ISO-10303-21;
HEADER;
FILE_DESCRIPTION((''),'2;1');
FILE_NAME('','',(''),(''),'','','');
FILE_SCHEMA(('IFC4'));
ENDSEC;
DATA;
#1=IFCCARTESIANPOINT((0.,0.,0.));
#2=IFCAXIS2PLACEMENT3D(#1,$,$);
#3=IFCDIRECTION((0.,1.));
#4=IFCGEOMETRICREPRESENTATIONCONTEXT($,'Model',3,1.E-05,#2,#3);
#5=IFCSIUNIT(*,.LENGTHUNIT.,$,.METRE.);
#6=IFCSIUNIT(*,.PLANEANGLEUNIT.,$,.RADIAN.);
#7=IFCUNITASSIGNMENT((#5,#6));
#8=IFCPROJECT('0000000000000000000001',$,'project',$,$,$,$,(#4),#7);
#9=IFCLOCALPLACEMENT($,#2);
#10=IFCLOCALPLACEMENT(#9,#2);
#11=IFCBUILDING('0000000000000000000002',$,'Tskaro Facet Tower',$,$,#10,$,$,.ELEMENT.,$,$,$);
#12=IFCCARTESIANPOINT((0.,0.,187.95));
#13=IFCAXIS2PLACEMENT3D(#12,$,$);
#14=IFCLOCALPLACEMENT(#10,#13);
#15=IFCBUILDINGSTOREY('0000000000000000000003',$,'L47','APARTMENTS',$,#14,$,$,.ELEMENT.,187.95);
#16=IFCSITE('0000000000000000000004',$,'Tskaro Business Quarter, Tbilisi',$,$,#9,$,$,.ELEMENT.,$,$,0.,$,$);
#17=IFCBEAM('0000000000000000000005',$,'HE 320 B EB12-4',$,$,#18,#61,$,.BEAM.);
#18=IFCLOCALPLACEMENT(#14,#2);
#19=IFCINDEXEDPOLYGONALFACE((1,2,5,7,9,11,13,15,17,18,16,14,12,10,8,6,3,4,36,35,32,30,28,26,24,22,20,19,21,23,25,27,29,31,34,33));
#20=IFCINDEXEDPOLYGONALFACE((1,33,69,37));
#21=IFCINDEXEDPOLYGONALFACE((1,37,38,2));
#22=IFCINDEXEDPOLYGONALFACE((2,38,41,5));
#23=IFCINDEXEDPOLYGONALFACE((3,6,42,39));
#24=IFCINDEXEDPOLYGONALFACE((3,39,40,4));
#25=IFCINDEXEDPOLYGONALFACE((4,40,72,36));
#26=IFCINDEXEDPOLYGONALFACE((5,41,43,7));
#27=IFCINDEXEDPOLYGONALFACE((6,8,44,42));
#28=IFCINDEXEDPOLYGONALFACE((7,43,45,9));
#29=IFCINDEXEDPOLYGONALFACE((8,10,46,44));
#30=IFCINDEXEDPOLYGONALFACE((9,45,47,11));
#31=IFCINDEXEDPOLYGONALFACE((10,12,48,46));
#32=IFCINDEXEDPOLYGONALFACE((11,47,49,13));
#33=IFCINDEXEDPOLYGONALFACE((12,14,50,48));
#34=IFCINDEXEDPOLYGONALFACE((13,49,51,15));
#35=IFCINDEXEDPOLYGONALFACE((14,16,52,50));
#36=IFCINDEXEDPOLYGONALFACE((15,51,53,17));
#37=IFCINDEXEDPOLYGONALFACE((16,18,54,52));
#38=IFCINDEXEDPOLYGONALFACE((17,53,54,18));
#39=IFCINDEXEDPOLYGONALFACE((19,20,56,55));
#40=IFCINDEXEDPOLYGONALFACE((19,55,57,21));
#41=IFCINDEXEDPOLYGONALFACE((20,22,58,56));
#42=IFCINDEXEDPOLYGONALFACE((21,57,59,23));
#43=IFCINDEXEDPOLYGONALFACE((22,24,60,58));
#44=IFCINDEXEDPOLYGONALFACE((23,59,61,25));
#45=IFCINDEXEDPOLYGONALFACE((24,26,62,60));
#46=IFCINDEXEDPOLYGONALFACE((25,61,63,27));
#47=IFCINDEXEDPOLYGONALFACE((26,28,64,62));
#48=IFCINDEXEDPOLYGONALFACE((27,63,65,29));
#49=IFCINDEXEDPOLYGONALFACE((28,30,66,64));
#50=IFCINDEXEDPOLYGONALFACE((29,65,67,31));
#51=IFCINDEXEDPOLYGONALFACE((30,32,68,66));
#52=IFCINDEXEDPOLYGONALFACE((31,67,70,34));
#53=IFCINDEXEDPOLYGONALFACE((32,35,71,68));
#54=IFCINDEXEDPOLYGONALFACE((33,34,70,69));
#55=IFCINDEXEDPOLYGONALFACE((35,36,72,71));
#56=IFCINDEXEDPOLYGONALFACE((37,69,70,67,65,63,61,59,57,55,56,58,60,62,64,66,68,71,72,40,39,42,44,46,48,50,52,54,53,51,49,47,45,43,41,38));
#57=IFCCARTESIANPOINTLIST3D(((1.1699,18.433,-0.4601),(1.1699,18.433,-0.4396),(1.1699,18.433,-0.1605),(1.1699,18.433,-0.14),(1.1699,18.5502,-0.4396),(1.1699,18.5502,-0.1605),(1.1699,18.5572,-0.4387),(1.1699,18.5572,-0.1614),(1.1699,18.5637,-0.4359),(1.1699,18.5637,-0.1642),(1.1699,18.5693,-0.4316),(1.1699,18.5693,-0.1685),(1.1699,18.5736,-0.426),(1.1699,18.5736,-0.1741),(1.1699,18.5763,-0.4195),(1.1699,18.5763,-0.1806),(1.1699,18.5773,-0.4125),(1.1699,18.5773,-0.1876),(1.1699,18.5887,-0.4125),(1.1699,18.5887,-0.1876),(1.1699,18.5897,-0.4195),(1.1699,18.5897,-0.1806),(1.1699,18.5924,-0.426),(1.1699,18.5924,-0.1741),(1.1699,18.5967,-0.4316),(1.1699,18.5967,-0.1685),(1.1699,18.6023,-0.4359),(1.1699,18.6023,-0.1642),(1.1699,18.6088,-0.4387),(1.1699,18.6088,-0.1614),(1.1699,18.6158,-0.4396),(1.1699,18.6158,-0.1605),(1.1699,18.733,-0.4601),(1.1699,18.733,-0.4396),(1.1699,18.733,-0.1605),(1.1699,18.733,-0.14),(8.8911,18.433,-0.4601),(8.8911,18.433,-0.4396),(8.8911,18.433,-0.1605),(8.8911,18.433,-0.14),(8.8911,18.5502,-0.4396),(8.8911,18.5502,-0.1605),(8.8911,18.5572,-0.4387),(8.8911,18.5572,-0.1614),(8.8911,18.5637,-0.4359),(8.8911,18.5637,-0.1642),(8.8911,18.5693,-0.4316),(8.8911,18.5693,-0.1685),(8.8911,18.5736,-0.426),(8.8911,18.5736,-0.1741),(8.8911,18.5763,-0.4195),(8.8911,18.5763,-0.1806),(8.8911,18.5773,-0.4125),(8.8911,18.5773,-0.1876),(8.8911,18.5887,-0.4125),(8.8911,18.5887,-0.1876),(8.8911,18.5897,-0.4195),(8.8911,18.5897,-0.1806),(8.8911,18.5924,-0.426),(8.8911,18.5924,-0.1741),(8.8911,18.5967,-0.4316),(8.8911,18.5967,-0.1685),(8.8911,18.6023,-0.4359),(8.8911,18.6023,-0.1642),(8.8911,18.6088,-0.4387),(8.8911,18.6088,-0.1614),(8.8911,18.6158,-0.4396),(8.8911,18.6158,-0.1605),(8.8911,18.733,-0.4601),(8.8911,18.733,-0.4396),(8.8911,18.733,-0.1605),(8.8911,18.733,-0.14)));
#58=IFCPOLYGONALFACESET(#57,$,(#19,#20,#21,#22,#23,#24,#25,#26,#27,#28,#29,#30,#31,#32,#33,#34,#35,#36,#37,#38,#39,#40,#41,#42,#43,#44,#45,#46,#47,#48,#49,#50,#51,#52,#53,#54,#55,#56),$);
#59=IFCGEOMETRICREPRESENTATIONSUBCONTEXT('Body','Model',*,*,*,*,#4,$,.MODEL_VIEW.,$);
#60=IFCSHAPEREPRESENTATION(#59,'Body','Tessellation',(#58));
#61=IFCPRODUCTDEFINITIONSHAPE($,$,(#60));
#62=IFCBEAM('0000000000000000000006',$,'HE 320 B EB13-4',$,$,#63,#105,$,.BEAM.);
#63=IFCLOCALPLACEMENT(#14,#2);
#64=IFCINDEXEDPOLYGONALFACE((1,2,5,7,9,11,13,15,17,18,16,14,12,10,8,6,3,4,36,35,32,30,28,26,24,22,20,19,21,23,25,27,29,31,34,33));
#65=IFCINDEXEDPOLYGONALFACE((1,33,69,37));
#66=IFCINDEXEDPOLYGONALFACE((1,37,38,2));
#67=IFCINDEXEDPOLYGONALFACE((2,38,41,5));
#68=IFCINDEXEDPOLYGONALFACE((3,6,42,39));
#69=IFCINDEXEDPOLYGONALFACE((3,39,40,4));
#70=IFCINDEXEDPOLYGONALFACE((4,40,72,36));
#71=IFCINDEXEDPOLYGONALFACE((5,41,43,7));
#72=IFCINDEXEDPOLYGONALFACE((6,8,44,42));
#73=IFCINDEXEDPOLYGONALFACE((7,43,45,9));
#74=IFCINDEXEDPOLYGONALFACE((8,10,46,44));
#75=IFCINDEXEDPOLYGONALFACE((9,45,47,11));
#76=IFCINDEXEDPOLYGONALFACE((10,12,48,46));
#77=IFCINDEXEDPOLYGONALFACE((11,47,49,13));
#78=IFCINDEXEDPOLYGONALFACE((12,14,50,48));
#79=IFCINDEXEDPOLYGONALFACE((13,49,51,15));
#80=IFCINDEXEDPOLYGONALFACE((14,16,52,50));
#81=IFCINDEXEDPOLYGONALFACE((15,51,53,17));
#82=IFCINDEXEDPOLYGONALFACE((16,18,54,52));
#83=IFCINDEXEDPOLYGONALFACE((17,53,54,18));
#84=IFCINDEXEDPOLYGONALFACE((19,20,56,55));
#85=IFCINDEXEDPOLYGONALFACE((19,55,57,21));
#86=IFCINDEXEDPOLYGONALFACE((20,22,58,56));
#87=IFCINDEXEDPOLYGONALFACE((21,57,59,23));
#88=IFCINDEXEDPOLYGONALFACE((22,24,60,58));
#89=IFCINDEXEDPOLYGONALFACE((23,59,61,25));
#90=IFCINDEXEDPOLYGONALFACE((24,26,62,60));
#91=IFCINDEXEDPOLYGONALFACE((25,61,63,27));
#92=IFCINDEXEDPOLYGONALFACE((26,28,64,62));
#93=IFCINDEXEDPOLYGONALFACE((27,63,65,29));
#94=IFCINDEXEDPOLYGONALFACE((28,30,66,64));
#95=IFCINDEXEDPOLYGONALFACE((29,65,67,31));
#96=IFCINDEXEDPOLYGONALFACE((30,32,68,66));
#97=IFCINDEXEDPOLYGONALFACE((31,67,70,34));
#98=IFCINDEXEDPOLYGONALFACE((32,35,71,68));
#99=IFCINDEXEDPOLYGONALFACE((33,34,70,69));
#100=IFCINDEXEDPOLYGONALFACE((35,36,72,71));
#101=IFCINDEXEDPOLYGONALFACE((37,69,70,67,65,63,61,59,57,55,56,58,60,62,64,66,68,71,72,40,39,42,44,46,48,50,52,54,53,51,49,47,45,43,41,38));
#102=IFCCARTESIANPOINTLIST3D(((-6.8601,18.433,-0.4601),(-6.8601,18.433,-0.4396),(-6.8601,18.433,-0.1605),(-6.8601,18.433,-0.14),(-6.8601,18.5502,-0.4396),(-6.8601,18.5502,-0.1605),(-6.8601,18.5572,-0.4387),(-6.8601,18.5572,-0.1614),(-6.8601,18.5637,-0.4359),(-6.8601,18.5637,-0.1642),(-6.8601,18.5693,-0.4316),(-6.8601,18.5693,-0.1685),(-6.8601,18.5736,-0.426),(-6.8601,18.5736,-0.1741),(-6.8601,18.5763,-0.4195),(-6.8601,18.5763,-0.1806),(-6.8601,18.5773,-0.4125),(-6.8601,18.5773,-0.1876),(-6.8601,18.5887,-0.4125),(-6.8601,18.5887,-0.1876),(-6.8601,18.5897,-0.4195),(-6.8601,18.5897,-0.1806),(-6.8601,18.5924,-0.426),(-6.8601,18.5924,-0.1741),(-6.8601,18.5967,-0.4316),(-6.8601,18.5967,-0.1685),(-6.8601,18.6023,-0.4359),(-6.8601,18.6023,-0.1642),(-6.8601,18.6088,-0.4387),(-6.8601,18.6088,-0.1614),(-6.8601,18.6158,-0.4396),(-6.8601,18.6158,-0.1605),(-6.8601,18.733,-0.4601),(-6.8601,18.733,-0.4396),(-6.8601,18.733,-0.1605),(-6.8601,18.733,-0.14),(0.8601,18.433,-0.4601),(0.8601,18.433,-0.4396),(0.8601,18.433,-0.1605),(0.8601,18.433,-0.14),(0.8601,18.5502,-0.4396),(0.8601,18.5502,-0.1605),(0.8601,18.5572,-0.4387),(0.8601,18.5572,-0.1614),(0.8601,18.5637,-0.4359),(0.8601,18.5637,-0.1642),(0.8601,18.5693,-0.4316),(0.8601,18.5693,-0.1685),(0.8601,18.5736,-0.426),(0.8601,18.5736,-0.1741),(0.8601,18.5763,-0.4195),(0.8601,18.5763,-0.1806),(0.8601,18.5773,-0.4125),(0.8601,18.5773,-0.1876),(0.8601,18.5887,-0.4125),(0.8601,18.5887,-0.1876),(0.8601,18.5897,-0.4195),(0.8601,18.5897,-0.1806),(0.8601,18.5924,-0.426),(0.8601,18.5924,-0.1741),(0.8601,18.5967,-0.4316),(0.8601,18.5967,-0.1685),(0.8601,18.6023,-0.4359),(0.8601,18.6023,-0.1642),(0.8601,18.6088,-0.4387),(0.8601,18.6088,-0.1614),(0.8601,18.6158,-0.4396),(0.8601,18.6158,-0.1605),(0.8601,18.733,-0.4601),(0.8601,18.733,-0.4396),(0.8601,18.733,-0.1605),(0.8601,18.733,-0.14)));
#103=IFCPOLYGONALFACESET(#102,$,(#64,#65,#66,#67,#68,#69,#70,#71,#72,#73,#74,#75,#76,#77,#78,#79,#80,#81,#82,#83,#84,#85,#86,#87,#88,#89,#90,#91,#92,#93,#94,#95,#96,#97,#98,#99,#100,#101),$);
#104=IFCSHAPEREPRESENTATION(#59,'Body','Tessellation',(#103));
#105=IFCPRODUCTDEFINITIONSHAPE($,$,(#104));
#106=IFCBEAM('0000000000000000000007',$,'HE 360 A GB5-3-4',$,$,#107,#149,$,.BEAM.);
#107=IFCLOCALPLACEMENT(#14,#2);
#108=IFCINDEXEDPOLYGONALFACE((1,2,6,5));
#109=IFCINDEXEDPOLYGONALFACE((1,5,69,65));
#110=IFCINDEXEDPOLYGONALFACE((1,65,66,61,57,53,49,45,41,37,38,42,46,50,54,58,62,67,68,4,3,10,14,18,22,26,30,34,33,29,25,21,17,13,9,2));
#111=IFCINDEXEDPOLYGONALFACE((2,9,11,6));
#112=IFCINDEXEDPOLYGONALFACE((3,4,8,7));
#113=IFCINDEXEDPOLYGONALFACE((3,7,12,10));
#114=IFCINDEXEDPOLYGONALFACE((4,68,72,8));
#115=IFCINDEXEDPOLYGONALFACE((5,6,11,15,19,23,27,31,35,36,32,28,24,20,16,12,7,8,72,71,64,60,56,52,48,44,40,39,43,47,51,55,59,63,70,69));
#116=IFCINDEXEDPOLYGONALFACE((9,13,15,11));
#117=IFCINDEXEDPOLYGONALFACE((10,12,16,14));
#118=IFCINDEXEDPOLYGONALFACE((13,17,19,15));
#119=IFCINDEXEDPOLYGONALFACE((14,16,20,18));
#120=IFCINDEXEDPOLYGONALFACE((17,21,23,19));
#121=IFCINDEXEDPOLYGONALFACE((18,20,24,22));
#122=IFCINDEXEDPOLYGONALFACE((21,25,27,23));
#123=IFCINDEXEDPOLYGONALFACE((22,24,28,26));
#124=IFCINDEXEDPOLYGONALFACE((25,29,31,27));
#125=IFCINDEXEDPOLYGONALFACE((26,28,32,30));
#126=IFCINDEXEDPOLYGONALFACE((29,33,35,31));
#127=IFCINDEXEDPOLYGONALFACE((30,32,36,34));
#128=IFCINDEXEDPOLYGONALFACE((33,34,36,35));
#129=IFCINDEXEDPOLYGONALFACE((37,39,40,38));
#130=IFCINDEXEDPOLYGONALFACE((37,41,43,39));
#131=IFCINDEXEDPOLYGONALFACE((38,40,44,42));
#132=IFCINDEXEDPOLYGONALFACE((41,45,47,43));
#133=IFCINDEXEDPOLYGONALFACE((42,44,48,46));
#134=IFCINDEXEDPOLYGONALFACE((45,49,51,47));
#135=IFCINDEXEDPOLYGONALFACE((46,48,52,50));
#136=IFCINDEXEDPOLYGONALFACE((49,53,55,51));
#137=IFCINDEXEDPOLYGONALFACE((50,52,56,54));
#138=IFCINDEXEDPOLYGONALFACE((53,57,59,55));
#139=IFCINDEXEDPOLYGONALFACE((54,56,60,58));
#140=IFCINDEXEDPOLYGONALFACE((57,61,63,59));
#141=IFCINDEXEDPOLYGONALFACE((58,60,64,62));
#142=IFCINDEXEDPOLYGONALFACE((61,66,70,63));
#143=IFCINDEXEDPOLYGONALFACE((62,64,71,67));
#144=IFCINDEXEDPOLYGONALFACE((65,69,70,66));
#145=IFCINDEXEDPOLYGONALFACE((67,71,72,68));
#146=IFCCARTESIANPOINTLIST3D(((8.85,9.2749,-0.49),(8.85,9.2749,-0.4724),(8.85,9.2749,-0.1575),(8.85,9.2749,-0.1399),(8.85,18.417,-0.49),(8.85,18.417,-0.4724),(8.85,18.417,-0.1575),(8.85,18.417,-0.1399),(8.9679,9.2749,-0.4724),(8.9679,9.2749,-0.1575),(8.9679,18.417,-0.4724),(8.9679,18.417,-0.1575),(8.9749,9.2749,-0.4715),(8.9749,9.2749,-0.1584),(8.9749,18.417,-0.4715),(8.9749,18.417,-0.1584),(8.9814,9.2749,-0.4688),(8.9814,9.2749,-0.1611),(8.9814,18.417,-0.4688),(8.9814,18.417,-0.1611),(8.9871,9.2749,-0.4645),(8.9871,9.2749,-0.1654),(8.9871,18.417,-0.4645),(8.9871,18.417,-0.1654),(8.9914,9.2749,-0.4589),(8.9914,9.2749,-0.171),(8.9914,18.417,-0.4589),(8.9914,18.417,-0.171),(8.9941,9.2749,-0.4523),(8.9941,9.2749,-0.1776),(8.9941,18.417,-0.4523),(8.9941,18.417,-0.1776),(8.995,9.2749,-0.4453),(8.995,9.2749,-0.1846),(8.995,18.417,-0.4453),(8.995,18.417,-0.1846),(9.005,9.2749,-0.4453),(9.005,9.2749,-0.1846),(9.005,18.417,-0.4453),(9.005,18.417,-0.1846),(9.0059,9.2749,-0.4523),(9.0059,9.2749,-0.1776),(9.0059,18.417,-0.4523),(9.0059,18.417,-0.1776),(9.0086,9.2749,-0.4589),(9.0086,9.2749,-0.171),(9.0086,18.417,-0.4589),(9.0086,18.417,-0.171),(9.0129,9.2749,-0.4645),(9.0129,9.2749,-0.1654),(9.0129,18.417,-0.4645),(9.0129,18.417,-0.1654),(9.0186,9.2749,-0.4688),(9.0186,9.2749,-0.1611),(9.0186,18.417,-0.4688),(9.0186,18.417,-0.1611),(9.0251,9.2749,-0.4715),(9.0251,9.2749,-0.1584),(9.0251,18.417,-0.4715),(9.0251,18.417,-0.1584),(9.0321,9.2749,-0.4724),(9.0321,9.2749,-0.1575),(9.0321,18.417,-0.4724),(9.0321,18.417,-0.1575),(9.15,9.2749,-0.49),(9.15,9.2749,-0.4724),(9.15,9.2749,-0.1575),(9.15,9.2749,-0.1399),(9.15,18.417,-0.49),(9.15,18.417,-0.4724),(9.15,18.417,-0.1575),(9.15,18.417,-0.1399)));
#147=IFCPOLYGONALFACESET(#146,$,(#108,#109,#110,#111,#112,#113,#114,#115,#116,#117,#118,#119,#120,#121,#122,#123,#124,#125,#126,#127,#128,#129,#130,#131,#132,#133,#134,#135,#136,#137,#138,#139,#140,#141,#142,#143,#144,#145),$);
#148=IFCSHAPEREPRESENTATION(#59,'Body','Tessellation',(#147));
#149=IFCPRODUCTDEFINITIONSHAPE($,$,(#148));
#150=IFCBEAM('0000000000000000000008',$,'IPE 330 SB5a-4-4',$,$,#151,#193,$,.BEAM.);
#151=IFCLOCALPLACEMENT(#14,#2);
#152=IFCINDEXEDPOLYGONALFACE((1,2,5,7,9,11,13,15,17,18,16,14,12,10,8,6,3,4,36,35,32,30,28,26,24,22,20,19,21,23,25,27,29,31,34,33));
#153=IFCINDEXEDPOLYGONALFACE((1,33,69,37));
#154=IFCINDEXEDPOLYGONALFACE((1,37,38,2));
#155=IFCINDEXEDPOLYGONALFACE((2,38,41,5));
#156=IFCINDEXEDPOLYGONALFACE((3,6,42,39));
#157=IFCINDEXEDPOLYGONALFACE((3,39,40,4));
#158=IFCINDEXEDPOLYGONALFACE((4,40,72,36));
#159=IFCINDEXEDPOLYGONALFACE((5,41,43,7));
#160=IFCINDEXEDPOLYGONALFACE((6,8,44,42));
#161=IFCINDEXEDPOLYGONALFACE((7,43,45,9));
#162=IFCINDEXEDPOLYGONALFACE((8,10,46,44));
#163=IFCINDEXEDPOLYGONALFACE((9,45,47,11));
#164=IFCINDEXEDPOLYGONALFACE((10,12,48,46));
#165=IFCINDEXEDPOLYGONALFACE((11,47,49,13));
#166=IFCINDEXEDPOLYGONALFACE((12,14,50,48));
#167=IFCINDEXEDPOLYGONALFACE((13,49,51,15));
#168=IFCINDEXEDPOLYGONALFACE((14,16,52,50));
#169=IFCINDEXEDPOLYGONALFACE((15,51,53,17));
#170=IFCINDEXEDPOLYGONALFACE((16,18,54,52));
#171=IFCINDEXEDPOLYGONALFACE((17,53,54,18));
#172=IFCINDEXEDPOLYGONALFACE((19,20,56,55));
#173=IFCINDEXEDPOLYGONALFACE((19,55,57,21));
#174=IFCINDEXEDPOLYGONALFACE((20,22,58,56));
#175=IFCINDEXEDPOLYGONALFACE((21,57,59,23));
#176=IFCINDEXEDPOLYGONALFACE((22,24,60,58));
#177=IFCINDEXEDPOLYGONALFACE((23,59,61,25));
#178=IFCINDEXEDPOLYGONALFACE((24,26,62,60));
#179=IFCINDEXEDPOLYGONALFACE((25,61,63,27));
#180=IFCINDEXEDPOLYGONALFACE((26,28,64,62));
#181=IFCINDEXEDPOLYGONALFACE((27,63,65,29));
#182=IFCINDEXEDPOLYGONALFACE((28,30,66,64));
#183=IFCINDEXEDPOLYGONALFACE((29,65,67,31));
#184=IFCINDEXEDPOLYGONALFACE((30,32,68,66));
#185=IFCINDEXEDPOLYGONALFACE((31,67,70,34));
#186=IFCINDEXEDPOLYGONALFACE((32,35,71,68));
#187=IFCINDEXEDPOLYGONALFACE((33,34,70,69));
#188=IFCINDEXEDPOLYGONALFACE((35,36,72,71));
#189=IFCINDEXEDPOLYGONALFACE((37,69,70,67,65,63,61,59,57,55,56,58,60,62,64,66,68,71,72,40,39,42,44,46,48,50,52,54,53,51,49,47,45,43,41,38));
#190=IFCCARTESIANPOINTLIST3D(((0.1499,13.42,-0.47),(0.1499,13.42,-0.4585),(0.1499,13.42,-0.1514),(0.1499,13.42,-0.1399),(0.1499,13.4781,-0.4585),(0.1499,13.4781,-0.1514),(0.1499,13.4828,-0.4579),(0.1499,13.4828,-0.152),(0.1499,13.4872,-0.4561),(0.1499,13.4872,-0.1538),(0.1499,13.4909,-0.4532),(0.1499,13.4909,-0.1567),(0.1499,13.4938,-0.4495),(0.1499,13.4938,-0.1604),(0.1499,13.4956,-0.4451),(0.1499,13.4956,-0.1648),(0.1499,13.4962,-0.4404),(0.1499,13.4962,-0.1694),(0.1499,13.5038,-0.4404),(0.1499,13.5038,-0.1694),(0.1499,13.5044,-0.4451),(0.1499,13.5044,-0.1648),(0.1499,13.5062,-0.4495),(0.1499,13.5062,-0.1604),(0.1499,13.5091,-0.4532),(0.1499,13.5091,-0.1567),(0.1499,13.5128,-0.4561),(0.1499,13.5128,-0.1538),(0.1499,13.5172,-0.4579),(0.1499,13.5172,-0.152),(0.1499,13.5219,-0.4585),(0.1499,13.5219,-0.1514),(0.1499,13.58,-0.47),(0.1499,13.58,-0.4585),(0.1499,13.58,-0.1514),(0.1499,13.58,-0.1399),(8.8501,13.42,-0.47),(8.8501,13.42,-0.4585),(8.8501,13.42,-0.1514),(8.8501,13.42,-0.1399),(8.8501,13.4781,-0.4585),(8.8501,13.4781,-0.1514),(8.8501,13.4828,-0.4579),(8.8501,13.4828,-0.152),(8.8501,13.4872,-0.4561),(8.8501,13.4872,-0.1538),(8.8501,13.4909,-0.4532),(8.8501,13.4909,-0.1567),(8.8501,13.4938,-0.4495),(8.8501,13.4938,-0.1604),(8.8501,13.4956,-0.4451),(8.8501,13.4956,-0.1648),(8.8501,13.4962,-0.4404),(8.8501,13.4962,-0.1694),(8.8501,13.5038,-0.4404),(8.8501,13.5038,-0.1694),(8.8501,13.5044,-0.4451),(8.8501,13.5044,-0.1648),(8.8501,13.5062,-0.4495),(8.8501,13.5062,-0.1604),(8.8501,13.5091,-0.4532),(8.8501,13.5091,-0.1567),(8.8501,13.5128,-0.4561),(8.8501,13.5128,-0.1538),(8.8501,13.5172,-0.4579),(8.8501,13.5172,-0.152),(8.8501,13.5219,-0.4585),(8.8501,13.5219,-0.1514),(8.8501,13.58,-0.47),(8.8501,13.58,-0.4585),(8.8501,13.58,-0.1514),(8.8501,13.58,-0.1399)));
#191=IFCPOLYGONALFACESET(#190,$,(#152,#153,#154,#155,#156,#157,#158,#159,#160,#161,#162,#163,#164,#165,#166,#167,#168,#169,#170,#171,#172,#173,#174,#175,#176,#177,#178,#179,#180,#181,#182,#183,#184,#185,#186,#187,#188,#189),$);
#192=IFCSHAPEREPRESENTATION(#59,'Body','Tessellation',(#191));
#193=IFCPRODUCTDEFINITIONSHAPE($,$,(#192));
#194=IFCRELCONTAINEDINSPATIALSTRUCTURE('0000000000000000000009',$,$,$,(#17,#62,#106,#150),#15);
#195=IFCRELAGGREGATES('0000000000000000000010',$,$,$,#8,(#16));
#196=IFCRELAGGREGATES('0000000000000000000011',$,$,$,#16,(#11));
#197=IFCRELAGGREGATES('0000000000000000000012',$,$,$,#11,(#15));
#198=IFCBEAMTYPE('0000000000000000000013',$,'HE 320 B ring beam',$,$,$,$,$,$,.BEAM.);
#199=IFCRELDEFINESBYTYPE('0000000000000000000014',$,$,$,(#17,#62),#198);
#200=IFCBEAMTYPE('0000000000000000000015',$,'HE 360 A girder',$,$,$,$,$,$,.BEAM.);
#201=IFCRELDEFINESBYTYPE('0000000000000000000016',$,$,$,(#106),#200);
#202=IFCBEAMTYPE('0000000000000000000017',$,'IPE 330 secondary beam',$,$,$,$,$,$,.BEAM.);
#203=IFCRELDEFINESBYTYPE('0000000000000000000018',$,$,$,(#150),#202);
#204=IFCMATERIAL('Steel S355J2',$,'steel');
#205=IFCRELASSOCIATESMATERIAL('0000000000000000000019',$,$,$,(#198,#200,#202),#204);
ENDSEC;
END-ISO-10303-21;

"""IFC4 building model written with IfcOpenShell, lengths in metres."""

from ifc_helpers import new_model, si_unit, direction, frame, origin, origin_2d, place, context, subcontext, project, spatial, i_section, extrude, material, material_profile, profile_set, type_object, element, save


model = new_model("IFC4")

# Units and contexts
model_context = context("Model", 3, precision=1e-05, world=origin(), true_north=direction((0.0, 1.0)))
body_context = subcontext(model_context, "Body", "Model", "MODEL_VIEW")
ifc_project = project(units=[si_unit("LENGTHUNIT", "METRE"), si_unit("PLANEANGLEUNIT", "RADIAN")], contexts=[model_context])

# Site, building, storey
site_placement = place(None, origin())
site = spatial("IfcSite", under=ifc_project, at=site_placement, Name="Tskaro Business Quarter, Tbilisi", CompositionType="ELEMENT", RefElevation=0.0)
building_placement = place(site_placement, origin())
building = spatial("IfcBuilding", under=site, at=building_placement, Name="Tskaro Facet Tower", CompositionType="ELEMENT")
storey_placement = place(building_placement, frame((0.0, 0.0, 187.95)))
storey = spatial("IfcBuildingStorey", under=building, at=storey_placement, Name="L47", Description="APARTMENTS", CompositionType="ELEMENT", Elevation=187.95)

# Beams
ifc_material_1 = material(Name="Steel S355J2", Category="steel")
ifc_material_profile_1 = material_profile(ifc_material_1, i_section(OverallWidth=0.3, OverallDepth=0.3201, WebThickness=0.0115, FlangeThickness=0.0205, FilletRadius=0.0271, at=origin_2d()), Name="HE 320 B")
ifc_profile_set_1 = profile_set([ifc_material_profile_1], Name="Steel S355J2")
beam_type_1 = type_object("IfcBeamType", Name="HE 320 B ring beam", PredefinedType="BEAM", material=ifc_profile_set_1)
beam_1_placement = place(storey_placement, frame((8.8911, 18.583, -0.3), z_axis=(-1.0, 0.0, 0.0), x_axis=(0.0, -1.0, 0.0)))
element("IfcBeam", 1, at=beam_1_placement, inside=storey, type_object=beam_type_1, Name="HE 320 B EB12-4", PredefinedType="BEAM", context=body_context, shape_type="SweptSolid", body=[
    extrude(i_section(OverallWidth=0.3, OverallDepth=0.3201, WebThickness=0.0115, FlangeThickness=0.0205, FilletRadius=0.0271, at=origin_2d()), origin(), (0.0, 0.0, 1.0), 7.7212),
])
beam_2_placement = place(storey_placement, frame((0.8601, 18.583, -0.3), z_axis=(-1.0, 0.0, 0.0), x_axis=(0.0, -1.0, 0.0)))
element("IfcBeam", 2, at=beam_2_placement, inside=storey, type_object=beam_type_1, Name="HE 320 B EB13-4", PredefinedType="BEAM", context=body_context, shape_type="SweptSolid", body=[
    extrude(i_section(OverallWidth=0.3, OverallDepth=0.3201, WebThickness=0.0115, FlangeThickness=0.0205, FilletRadius=0.0271, at=origin_2d()), origin(), (0.0, 0.0, 1.0), 7.7202),
])
ifc_material_profile_2 = material_profile(ifc_material_1, i_section(OverallWidth=0.3, OverallDepth=0.3501, WebThickness=0.01, FlangeThickness=0.0176, FilletRadius=0.0271, at=origin_2d()), Name="HE 360 A")
ifc_profile_set_2 = profile_set([ifc_material_profile_2], Name="Steel S355J2")
beam_type_2 = type_object("IfcBeamType", Name="HE 360 A girder", PredefinedType="BEAM", material=ifc_profile_set_2)
beam_3_placement = place(storey_placement, frame((9.0, 9.2749, -0.3149), z_axis=(0.0, 1.0, 0.0), x_axis=(-1.0, 0.0, 0.0)))
element("IfcBeam", 3, at=beam_3_placement, inside=storey, type_object=beam_type_2, Name="HE 360 A GB5-3-4", PredefinedType="BEAM", context=body_context, shape_type="SweptSolid", body=[
    extrude(i_section(OverallWidth=0.3, OverallDepth=0.3501, WebThickness=0.01, FlangeThickness=0.0176, FilletRadius=0.0271, at=origin_2d()), origin(), (0.0, 0.0, 1.0), 9.1421),
])
ifc_material_profile_3 = material_profile(ifc_material_1, i_section(OverallWidth=0.1599, OverallDepth=0.3301, WebThickness=0.0076, FlangeThickness=0.0115, FilletRadius=0.0181, at=origin_2d()), Name="IPE 330")
ifc_profile_set_3 = profile_set([ifc_material_profile_3], Name="Steel S355J2")
beam_type_3 = type_object("IfcBeamType", Name="IPE 330 secondary beam", PredefinedType="BEAM", material=ifc_profile_set_3)
beam_4_placement = place(storey_placement, frame((0.1499, 13.5, -0.3049), z_axis=(1.0, 0.0, 0.0), x_axis=(0.0, 1.0, 0.0)))
element("IfcBeam", 4, at=beam_4_placement, inside=storey, type_object=beam_type_3, Name="IPE 330 SB5a-4-4", PredefinedType="BEAM", context=body_context, shape_type="SweptSolid", body=[
    extrude(i_section(OverallWidth=0.1599, OverallDepth=0.3301, WebThickness=0.0076, FlangeThickness=0.0115, FilletRadius=0.0181, at=origin_2d()), origin(), (0.0, 0.0, 1.0), 8.7002),
])

save(model, "model.ifc")
